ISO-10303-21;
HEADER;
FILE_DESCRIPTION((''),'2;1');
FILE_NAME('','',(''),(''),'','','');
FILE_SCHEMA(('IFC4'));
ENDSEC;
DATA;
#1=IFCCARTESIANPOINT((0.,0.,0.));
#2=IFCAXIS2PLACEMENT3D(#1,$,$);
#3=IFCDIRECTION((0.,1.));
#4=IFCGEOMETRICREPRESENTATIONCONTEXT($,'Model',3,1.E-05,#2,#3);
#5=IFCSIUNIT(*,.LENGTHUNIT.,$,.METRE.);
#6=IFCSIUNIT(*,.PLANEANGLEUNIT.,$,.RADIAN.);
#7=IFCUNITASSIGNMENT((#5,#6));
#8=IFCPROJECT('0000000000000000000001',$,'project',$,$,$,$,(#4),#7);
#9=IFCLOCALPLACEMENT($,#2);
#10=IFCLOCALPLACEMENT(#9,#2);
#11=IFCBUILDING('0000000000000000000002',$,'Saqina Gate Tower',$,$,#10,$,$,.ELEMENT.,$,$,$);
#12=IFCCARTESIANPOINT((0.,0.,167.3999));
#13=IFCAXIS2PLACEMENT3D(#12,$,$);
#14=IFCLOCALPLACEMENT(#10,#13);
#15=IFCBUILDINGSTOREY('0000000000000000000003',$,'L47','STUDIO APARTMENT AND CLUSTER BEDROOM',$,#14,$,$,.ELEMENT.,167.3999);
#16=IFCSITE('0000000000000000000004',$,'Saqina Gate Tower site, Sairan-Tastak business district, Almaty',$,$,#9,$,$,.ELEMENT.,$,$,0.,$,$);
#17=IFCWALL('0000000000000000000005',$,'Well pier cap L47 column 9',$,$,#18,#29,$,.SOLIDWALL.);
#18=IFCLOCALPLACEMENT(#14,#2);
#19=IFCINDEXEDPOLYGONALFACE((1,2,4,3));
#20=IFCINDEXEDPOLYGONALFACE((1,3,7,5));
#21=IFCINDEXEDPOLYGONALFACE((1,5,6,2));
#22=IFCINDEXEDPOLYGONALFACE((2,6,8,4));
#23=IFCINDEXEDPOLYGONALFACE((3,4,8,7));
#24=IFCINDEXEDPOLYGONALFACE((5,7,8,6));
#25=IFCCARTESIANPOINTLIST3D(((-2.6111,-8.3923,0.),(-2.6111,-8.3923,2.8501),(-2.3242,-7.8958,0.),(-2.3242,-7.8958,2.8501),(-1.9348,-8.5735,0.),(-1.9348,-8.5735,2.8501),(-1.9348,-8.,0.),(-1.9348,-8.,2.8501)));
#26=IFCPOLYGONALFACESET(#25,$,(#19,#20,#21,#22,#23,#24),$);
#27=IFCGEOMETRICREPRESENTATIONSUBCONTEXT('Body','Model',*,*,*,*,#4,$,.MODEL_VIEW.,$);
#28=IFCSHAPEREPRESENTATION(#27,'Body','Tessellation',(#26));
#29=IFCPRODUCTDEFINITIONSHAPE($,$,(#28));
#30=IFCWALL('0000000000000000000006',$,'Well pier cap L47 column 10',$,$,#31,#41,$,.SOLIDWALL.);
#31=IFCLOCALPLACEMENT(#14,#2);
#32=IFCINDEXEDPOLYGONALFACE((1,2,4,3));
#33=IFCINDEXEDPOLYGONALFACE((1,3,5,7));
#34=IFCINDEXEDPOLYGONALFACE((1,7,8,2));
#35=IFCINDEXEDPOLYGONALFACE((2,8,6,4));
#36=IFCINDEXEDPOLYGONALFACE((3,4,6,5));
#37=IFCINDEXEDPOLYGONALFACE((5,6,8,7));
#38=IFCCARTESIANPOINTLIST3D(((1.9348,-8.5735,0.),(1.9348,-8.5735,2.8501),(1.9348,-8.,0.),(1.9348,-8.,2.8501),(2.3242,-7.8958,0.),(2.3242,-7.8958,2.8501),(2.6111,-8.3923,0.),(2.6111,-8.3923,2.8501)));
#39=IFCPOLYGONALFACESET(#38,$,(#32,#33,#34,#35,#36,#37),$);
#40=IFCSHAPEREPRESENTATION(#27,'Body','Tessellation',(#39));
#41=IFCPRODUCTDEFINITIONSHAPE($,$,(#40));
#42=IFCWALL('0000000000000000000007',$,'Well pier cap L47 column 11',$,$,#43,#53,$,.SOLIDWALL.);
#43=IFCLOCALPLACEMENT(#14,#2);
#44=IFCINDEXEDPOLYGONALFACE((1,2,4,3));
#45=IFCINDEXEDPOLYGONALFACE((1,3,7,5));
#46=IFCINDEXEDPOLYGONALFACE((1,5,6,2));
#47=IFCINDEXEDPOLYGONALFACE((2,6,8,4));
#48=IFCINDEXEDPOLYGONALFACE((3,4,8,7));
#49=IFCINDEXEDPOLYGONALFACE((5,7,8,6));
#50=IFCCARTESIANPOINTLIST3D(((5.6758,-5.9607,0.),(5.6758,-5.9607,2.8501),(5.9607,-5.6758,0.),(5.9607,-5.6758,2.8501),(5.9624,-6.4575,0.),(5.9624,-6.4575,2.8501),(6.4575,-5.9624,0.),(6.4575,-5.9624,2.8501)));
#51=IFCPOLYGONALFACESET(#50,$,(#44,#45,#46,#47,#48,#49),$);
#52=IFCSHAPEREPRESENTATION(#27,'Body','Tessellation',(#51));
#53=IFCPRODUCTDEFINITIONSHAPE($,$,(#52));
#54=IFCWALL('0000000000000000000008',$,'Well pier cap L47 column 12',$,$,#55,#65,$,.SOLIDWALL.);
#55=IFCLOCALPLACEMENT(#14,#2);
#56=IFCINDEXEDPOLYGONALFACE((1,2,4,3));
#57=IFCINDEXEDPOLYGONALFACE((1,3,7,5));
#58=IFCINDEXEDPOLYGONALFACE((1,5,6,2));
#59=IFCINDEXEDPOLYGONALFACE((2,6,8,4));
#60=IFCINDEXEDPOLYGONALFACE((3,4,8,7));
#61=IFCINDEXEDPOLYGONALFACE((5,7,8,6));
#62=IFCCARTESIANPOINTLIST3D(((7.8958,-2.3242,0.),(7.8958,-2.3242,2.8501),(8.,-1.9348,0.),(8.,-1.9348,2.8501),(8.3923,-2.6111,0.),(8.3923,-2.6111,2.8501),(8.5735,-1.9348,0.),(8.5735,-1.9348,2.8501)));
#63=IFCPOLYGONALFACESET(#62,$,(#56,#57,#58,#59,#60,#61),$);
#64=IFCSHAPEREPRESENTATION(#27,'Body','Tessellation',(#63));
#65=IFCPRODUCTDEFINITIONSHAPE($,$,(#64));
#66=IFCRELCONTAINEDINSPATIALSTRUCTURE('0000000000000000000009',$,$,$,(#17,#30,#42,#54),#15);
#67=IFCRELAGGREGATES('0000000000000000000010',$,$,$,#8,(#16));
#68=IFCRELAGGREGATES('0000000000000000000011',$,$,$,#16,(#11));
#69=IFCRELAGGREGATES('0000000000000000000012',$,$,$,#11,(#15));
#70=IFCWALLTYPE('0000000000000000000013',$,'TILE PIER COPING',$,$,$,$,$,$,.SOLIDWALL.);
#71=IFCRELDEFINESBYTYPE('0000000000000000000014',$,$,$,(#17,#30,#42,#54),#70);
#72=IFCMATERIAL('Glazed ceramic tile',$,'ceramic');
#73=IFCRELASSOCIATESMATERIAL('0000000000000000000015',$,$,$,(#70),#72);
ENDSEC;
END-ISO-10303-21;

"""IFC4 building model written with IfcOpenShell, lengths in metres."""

from ifc_helpers import new_model, si_unit, direction, frame, origin, place, context, subcontext, project, spatial, polyline, outline, extrude, material, type_object, element, save


model = new_model("IFC4")

# Units and contexts
model_context = context("Model", 3, precision=1e-05, world=origin(), true_north=direction((0.0, 1.0)))
body_context = subcontext(model_context, "Body", "Model", "MODEL_VIEW")
ifc_project = project(units=[si_unit("LENGTHUNIT", "METRE"), si_unit("PLANEANGLEUNIT", "RADIAN")], contexts=[model_context])

# Site, building, storey
site_placement = place(None, origin())
site = spatial("IfcSite", under=ifc_project, at=site_placement, Name="Saqina Gate Tower site, Sairan-Tastak business district, Almaty", CompositionType="ELEMENT", RefElevation=0.0)
building_placement = place(site_placement, origin())
building = spatial("IfcBuilding", under=site, at=building_placement, Name="Saqina Gate Tower", CompositionType="ELEMENT")
storey_placement = place(building_placement, frame((0.0, 0.0, 167.3999)))
storey = spatial("IfcBuildingStorey", under=building, at=storey_placement, Name="L47", Description="STUDIO APARTMENT AND CLUSTER BEDROOM", CompositionType="ELEMENT", Elevation=167.3999)

# Walls
ifc_material_1 = material(Name="Glazed ceramic tile", Category="ceramic")
wall_type_1 = type_object("IfcWallType", Name="TILE PIER COPING", PredefinedType="SOLIDWALL", material=ifc_material_1)
wall_1_placement = place(storey_placement, origin())
element("IfcWall", 1, at=wall_1_placement, inside=storey, type_object=wall_type_1, Name="Well pier cap L47 column 9", PredefinedType="SOLIDWALL", context=body_context, shape_type="SweptSolid", body=[
    extrude(outline(polyline([(-1.9348, -8.5735), (-1.9348, -8.0), (-2.3242, -7.8958), (-2.6111, -8.3923), (-1.9348, -8.5735)])), origin(), (0.0, 0.0, 1.0), 2.8501),
])
wall_2_placement = place(storey_placement, origin())
element("IfcWall", 2, at=wall_2_placement, inside=storey, type_object=wall_type_1, Name="Well pier cap L47 column 10", PredefinedType="SOLIDWALL", context=body_context, shape_type="SweptSolid", body=[
    extrude(outline(polyline([(2.6111, -8.3923), (2.3242, -7.8958), (1.9348, -8.0), (1.9348, -8.5735), (2.6111, -8.3923)])), origin(), (0.0, 0.0, 1.0), 2.8501),
])
wall_3_placement = place(storey_placement, origin())
element("IfcWall", 3, at=wall_3_placement, inside=storey, type_object=wall_type_1, Name="Well pier cap L47 column 11", PredefinedType="SOLIDWALL", context=body_context, shape_type="SweptSolid", body=[
    extrude(outline(polyline([(5.9624, -6.4575), (6.4575, -5.9624), (5.9607, -5.6758), (5.6758, -5.9607), (5.9624, -6.4575)])), origin(), (0.0, 0.0, 1.0), 2.8501),
])
wall_4_placement = place(storey_placement, origin())
element("IfcWall", 4, at=wall_4_placement, inside=storey, type_object=wall_type_1, Name="Well pier cap L47 column 12", PredefinedType="SOLIDWALL", context=body_context, shape_type="SweptSolid", body=[
    extrude(outline(polyline([(8.5735, -1.9348), (8.0, -1.9348), (7.8958, -2.3242), (8.3923, -2.6111), (8.5735, -1.9348)])), origin(), (0.0, 0.0, 1.0), 2.8501),
])

save(model, "model.ifc")
